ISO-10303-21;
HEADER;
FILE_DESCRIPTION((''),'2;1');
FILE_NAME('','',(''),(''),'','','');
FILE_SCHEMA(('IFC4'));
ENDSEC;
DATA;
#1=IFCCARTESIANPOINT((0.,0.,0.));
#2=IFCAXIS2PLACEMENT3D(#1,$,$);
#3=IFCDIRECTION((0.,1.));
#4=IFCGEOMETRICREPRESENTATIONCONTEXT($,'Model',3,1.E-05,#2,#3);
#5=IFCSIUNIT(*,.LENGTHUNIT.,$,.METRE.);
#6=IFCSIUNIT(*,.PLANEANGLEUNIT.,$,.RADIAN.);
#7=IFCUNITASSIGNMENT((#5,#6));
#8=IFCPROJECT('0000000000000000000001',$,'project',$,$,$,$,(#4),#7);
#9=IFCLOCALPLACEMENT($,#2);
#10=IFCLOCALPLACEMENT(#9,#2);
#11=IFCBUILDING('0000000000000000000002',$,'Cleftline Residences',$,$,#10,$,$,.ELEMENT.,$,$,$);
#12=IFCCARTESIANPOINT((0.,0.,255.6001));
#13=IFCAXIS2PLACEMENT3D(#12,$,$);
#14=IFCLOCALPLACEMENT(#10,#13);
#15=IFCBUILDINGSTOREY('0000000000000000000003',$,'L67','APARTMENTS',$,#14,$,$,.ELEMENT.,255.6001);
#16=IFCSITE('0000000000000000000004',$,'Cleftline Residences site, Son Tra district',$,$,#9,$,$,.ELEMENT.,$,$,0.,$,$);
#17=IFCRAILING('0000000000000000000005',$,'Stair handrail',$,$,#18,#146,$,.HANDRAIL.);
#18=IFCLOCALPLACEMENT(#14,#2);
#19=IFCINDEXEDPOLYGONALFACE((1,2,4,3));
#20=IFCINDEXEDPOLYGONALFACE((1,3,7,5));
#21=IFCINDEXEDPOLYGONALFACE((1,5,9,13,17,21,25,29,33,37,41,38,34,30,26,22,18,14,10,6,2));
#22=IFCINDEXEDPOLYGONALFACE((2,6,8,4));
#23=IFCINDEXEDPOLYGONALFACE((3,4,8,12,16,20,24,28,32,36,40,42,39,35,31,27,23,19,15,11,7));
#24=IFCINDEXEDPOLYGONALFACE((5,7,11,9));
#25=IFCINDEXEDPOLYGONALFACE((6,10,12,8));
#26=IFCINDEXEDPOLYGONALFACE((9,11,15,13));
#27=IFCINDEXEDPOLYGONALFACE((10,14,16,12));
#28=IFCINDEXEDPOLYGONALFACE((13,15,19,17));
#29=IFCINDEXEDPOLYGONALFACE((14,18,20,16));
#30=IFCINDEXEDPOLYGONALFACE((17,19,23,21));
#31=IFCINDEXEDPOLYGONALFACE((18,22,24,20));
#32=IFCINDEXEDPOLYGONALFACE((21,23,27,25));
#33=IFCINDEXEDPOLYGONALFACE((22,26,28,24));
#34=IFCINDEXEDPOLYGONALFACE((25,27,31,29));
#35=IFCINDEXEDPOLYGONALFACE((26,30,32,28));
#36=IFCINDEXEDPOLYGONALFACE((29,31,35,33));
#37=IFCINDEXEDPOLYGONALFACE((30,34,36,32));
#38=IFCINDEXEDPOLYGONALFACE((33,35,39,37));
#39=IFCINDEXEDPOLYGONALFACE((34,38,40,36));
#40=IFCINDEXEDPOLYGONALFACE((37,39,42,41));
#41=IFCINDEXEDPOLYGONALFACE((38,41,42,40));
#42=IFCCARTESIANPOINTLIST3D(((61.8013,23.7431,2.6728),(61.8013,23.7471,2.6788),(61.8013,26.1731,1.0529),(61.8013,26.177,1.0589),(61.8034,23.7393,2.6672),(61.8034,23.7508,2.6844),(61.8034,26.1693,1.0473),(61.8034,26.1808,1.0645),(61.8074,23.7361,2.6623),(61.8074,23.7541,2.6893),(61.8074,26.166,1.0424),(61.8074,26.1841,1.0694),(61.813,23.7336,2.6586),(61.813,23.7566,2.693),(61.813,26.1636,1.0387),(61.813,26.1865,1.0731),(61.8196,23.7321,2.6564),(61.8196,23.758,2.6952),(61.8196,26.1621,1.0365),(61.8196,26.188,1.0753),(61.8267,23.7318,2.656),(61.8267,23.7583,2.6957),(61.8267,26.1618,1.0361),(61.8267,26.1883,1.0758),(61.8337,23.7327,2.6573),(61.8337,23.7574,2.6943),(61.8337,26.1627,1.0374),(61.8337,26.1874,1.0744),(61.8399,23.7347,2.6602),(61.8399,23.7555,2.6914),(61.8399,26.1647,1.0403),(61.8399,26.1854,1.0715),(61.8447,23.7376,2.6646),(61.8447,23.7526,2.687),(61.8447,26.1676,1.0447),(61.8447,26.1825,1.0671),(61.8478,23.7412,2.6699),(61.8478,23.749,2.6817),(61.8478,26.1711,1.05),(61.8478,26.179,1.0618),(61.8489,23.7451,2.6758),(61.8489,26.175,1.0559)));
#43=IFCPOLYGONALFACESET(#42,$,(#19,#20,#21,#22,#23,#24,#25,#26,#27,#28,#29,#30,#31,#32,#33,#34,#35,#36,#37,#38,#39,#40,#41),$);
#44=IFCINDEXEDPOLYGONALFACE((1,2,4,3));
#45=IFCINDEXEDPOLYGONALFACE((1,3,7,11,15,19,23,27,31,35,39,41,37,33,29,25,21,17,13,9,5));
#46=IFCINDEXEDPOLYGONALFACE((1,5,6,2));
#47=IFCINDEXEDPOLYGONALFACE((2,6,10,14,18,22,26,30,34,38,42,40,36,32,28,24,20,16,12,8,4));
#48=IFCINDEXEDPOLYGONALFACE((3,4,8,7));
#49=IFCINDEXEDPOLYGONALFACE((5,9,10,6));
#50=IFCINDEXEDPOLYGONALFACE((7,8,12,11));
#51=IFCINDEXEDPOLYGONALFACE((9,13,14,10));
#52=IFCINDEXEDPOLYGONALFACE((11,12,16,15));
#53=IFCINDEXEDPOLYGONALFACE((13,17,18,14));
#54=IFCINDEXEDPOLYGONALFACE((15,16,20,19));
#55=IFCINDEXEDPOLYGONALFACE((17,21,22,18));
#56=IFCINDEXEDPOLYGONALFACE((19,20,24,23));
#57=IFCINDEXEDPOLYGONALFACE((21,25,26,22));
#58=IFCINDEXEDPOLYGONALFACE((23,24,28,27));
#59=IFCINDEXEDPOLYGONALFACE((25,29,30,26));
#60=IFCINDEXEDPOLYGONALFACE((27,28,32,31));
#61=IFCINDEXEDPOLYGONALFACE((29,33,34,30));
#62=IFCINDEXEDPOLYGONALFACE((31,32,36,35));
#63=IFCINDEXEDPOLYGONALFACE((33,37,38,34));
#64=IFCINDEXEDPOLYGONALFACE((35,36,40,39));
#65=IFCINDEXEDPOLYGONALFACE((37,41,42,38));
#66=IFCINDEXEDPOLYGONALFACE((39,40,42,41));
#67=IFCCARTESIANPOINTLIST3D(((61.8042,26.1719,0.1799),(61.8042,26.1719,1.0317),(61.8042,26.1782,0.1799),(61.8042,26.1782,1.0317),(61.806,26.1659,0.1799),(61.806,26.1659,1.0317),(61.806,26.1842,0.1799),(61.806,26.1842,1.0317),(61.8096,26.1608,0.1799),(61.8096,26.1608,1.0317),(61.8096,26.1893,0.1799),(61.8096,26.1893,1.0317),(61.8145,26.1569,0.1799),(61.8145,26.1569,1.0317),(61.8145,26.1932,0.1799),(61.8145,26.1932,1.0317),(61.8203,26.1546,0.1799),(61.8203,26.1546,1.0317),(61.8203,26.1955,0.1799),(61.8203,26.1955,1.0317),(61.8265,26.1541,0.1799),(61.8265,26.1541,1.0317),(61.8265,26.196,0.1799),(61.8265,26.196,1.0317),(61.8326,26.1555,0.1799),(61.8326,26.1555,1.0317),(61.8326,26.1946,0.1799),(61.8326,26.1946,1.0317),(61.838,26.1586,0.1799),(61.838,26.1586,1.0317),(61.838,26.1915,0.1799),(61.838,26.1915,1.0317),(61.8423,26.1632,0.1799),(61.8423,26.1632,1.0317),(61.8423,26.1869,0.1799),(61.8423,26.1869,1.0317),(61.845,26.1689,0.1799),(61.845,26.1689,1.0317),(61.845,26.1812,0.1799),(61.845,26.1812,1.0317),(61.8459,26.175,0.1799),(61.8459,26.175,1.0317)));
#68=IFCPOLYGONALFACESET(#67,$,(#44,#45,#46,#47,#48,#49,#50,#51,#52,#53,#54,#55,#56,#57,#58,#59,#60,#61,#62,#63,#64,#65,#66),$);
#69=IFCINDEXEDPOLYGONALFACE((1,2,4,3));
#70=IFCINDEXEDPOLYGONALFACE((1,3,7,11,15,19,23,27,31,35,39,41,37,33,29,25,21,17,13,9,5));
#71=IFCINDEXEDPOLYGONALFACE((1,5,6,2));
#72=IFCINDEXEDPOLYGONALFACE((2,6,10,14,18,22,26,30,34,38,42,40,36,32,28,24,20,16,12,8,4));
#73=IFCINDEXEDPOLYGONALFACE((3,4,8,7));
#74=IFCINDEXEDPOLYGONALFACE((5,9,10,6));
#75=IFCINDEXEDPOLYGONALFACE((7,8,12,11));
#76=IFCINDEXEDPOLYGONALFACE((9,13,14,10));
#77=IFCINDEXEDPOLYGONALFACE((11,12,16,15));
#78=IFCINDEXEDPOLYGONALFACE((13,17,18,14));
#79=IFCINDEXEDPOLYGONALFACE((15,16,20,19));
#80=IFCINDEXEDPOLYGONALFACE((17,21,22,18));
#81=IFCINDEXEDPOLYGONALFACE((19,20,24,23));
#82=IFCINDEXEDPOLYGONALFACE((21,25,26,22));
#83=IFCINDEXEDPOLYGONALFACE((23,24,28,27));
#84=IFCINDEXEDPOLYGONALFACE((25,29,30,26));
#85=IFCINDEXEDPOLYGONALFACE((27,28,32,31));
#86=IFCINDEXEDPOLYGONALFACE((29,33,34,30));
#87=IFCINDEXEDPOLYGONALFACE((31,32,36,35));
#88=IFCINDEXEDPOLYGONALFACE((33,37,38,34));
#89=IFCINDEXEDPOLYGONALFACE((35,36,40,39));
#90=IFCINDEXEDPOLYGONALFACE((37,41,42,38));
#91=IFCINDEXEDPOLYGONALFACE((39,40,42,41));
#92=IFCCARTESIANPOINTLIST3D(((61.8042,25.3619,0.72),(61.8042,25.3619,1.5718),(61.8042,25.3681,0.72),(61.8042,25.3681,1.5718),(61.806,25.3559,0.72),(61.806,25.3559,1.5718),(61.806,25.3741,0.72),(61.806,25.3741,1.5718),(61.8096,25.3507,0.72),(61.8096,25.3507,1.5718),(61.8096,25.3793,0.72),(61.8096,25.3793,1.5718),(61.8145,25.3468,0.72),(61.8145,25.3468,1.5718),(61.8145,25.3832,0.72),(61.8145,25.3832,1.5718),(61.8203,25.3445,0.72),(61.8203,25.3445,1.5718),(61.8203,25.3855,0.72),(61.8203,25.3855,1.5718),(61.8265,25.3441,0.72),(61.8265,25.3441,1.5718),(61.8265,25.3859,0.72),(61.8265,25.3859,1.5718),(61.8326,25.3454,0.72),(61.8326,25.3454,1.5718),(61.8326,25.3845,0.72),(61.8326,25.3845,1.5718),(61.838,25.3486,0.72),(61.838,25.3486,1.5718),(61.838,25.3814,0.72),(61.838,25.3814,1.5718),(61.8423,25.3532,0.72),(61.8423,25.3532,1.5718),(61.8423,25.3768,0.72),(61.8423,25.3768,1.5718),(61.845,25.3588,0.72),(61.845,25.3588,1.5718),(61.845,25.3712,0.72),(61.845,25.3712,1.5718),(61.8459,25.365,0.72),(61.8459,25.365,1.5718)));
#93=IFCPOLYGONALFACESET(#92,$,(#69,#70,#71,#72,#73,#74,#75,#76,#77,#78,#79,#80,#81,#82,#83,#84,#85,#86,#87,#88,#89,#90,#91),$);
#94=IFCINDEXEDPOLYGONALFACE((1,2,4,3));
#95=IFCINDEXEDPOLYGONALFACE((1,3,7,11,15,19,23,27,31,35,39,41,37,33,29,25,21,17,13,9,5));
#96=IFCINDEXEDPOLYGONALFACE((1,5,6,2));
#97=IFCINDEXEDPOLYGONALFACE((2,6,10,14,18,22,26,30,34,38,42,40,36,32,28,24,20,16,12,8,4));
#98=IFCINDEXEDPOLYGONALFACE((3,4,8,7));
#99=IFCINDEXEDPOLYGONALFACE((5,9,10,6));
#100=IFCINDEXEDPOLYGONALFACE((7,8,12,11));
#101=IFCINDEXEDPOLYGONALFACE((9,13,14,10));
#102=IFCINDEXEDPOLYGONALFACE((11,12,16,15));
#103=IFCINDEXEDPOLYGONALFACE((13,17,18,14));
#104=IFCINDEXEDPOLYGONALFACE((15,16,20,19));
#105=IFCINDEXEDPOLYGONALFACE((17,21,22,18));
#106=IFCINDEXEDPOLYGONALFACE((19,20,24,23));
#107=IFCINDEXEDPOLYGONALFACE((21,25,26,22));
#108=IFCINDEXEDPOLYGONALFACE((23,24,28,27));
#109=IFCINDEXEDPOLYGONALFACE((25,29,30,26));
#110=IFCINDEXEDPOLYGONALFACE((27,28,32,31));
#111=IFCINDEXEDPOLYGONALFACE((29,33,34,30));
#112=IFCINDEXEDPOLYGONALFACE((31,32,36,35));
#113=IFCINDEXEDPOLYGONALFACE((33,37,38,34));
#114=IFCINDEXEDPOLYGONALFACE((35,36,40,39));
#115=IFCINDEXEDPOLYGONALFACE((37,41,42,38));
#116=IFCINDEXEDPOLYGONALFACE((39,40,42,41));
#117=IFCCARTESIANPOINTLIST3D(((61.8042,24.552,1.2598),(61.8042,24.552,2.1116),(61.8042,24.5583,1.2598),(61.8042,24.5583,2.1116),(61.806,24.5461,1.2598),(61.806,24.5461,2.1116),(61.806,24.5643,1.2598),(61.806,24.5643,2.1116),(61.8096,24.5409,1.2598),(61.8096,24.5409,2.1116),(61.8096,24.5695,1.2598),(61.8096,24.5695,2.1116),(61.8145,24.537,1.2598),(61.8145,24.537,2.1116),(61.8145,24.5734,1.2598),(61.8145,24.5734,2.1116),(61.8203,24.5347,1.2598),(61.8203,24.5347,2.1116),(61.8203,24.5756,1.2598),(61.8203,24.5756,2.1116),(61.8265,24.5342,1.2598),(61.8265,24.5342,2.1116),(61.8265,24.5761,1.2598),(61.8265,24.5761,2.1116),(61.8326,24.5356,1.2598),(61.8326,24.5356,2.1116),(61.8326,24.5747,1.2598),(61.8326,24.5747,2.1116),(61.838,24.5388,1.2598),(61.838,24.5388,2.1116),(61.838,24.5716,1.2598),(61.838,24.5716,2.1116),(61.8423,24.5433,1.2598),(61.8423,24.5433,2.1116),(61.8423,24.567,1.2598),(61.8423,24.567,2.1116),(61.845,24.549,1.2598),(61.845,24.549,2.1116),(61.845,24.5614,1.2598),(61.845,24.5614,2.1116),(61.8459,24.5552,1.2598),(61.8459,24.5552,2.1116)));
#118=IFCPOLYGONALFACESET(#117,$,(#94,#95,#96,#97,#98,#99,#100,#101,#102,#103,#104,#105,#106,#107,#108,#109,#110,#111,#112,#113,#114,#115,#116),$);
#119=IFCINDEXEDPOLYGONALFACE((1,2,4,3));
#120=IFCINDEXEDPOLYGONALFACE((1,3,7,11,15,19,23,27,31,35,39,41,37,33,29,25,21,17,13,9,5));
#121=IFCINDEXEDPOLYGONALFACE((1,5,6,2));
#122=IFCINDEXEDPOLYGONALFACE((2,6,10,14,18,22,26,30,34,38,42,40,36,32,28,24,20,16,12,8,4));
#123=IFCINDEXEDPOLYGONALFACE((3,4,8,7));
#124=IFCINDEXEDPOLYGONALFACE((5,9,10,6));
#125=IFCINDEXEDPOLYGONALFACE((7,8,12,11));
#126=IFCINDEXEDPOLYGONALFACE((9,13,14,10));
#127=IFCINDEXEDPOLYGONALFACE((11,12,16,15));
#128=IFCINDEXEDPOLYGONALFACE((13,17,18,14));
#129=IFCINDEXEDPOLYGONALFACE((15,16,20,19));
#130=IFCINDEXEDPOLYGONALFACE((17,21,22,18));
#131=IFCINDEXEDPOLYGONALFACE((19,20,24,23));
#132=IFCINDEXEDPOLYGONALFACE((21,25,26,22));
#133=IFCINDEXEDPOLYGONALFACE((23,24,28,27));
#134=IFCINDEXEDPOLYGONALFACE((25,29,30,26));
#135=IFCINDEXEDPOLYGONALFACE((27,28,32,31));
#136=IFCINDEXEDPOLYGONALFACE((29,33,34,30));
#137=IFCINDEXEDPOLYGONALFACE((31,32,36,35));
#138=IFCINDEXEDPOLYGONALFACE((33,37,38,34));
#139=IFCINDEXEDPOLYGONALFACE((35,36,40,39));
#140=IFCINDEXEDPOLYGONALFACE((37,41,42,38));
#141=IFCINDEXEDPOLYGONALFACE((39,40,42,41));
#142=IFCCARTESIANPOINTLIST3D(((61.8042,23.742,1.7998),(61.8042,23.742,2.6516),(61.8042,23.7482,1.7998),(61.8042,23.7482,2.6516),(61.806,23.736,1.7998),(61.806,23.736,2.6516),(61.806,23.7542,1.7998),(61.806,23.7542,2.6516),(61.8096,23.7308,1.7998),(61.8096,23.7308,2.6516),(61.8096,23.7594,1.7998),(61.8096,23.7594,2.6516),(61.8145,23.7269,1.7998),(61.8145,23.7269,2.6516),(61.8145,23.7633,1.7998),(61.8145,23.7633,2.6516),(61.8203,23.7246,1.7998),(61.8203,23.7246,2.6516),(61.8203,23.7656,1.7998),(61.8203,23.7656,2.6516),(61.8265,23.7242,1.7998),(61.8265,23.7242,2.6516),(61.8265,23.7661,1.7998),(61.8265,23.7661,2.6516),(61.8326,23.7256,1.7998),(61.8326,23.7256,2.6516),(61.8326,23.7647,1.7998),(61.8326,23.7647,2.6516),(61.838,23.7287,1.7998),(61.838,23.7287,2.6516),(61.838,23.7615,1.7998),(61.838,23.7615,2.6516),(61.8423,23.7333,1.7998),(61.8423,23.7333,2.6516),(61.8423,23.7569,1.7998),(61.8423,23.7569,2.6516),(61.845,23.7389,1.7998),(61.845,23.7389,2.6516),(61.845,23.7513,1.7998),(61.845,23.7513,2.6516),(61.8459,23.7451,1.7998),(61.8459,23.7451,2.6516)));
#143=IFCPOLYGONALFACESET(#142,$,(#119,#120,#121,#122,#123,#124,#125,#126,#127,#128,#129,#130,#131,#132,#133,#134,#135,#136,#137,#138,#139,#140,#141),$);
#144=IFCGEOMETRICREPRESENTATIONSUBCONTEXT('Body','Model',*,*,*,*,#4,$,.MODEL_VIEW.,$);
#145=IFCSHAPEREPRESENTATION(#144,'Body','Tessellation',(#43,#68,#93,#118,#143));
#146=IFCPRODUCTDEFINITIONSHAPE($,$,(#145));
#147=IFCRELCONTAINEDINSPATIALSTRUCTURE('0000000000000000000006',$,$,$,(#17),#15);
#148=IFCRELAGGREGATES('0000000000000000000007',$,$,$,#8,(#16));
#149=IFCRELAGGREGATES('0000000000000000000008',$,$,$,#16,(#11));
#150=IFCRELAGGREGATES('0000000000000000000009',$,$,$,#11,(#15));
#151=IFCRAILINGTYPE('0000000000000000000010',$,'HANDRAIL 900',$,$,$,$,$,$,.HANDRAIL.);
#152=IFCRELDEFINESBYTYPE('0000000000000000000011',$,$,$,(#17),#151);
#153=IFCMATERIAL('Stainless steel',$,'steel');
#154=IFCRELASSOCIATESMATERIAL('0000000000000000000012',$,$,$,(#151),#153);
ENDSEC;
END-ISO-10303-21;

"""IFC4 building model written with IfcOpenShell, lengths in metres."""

from ifc_helpers import new_model, si_unit, direction, frame, origin, origin_2d, place, context, subcontext, project, spatial, circle, extrude, material, type_object, element, save


model = new_model("IFC4")

# Units and contexts
model_context = context("Model", 3, precision=1e-05, world=origin(), true_north=direction((0.0, 1.0)))
body_context = subcontext(model_context, "Body", "Model", "MODEL_VIEW")
ifc_project = project(units=[si_unit("LENGTHUNIT", "METRE"), si_unit("PLANEANGLEUNIT", "RADIAN")], contexts=[model_context])

# Site, building, storey
site_placement = place(None, origin())
site = spatial("IfcSite", under=ifc_project, at=site_placement, Name="Cleftline Residences site, Son Tra district", CompositionType="ELEMENT", RefElevation=0.0)
building_placement = place(site_placement, origin())
building = spatial("IfcBuilding", under=site, at=building_placement, Name="Cleftline Residences", CompositionType="ELEMENT")
storey_placement = place(building_placement, frame((0.0, 0.0, 255.6001)))
storey = spatial("IfcBuildingStorey", under=building, at=storey_placement, Name="L67", Description="APARTMENTS", CompositionType="ELEMENT", Elevation=255.6001)

# Railing
ifc_material_1 = material(Name="Stainless steel", Category="steel")
railing_type = type_object("IfcRailingType", Name="HANDRAIL 900", PredefinedType="HANDRAIL", material=ifc_material_1)
railing_placement = place(storey_placement, frame((61.825, 26.175, 0.1799)))
element("IfcRailing", 1, at=railing_placement, inside=storey, type_object=railing_type, Name="Stair handrail", PredefinedType="HANDRAIL", context=body_context, shape_type="SweptSolid", body=[
    extrude(circle(Radius=0.0239, at=origin_2d()), frame((0.0, 0.0, 0.876), z_axis=(0.0, -0.832063, 0.554681), x_axis=(1.0, 0.0, 0.0)), (0.0, 0.0, 1.0), 2.9204),
    extrude(circle(Radius=0.021, at=origin_2d()), origin(), (0.0, 0.0, 1.0), 0.8518),
    extrude(circle(Radius=0.021, at=origin_2d()), frame((0.0, -0.8101, 0.54)), (0.0, 0.0, 1.0), 0.8518),
    extrude(circle(Radius=0.021, at=origin_2d()), frame((0.0, -1.6199, 1.0798)), (0.0, 0.0, 1.0), 0.8518),
    extrude(circle(Radius=0.021, at=origin_2d()), frame((0.0, -2.4299, 1.6199)), (0.0, 0.0, 1.0), 0.8518),
])

save(model, "model.ifc")
